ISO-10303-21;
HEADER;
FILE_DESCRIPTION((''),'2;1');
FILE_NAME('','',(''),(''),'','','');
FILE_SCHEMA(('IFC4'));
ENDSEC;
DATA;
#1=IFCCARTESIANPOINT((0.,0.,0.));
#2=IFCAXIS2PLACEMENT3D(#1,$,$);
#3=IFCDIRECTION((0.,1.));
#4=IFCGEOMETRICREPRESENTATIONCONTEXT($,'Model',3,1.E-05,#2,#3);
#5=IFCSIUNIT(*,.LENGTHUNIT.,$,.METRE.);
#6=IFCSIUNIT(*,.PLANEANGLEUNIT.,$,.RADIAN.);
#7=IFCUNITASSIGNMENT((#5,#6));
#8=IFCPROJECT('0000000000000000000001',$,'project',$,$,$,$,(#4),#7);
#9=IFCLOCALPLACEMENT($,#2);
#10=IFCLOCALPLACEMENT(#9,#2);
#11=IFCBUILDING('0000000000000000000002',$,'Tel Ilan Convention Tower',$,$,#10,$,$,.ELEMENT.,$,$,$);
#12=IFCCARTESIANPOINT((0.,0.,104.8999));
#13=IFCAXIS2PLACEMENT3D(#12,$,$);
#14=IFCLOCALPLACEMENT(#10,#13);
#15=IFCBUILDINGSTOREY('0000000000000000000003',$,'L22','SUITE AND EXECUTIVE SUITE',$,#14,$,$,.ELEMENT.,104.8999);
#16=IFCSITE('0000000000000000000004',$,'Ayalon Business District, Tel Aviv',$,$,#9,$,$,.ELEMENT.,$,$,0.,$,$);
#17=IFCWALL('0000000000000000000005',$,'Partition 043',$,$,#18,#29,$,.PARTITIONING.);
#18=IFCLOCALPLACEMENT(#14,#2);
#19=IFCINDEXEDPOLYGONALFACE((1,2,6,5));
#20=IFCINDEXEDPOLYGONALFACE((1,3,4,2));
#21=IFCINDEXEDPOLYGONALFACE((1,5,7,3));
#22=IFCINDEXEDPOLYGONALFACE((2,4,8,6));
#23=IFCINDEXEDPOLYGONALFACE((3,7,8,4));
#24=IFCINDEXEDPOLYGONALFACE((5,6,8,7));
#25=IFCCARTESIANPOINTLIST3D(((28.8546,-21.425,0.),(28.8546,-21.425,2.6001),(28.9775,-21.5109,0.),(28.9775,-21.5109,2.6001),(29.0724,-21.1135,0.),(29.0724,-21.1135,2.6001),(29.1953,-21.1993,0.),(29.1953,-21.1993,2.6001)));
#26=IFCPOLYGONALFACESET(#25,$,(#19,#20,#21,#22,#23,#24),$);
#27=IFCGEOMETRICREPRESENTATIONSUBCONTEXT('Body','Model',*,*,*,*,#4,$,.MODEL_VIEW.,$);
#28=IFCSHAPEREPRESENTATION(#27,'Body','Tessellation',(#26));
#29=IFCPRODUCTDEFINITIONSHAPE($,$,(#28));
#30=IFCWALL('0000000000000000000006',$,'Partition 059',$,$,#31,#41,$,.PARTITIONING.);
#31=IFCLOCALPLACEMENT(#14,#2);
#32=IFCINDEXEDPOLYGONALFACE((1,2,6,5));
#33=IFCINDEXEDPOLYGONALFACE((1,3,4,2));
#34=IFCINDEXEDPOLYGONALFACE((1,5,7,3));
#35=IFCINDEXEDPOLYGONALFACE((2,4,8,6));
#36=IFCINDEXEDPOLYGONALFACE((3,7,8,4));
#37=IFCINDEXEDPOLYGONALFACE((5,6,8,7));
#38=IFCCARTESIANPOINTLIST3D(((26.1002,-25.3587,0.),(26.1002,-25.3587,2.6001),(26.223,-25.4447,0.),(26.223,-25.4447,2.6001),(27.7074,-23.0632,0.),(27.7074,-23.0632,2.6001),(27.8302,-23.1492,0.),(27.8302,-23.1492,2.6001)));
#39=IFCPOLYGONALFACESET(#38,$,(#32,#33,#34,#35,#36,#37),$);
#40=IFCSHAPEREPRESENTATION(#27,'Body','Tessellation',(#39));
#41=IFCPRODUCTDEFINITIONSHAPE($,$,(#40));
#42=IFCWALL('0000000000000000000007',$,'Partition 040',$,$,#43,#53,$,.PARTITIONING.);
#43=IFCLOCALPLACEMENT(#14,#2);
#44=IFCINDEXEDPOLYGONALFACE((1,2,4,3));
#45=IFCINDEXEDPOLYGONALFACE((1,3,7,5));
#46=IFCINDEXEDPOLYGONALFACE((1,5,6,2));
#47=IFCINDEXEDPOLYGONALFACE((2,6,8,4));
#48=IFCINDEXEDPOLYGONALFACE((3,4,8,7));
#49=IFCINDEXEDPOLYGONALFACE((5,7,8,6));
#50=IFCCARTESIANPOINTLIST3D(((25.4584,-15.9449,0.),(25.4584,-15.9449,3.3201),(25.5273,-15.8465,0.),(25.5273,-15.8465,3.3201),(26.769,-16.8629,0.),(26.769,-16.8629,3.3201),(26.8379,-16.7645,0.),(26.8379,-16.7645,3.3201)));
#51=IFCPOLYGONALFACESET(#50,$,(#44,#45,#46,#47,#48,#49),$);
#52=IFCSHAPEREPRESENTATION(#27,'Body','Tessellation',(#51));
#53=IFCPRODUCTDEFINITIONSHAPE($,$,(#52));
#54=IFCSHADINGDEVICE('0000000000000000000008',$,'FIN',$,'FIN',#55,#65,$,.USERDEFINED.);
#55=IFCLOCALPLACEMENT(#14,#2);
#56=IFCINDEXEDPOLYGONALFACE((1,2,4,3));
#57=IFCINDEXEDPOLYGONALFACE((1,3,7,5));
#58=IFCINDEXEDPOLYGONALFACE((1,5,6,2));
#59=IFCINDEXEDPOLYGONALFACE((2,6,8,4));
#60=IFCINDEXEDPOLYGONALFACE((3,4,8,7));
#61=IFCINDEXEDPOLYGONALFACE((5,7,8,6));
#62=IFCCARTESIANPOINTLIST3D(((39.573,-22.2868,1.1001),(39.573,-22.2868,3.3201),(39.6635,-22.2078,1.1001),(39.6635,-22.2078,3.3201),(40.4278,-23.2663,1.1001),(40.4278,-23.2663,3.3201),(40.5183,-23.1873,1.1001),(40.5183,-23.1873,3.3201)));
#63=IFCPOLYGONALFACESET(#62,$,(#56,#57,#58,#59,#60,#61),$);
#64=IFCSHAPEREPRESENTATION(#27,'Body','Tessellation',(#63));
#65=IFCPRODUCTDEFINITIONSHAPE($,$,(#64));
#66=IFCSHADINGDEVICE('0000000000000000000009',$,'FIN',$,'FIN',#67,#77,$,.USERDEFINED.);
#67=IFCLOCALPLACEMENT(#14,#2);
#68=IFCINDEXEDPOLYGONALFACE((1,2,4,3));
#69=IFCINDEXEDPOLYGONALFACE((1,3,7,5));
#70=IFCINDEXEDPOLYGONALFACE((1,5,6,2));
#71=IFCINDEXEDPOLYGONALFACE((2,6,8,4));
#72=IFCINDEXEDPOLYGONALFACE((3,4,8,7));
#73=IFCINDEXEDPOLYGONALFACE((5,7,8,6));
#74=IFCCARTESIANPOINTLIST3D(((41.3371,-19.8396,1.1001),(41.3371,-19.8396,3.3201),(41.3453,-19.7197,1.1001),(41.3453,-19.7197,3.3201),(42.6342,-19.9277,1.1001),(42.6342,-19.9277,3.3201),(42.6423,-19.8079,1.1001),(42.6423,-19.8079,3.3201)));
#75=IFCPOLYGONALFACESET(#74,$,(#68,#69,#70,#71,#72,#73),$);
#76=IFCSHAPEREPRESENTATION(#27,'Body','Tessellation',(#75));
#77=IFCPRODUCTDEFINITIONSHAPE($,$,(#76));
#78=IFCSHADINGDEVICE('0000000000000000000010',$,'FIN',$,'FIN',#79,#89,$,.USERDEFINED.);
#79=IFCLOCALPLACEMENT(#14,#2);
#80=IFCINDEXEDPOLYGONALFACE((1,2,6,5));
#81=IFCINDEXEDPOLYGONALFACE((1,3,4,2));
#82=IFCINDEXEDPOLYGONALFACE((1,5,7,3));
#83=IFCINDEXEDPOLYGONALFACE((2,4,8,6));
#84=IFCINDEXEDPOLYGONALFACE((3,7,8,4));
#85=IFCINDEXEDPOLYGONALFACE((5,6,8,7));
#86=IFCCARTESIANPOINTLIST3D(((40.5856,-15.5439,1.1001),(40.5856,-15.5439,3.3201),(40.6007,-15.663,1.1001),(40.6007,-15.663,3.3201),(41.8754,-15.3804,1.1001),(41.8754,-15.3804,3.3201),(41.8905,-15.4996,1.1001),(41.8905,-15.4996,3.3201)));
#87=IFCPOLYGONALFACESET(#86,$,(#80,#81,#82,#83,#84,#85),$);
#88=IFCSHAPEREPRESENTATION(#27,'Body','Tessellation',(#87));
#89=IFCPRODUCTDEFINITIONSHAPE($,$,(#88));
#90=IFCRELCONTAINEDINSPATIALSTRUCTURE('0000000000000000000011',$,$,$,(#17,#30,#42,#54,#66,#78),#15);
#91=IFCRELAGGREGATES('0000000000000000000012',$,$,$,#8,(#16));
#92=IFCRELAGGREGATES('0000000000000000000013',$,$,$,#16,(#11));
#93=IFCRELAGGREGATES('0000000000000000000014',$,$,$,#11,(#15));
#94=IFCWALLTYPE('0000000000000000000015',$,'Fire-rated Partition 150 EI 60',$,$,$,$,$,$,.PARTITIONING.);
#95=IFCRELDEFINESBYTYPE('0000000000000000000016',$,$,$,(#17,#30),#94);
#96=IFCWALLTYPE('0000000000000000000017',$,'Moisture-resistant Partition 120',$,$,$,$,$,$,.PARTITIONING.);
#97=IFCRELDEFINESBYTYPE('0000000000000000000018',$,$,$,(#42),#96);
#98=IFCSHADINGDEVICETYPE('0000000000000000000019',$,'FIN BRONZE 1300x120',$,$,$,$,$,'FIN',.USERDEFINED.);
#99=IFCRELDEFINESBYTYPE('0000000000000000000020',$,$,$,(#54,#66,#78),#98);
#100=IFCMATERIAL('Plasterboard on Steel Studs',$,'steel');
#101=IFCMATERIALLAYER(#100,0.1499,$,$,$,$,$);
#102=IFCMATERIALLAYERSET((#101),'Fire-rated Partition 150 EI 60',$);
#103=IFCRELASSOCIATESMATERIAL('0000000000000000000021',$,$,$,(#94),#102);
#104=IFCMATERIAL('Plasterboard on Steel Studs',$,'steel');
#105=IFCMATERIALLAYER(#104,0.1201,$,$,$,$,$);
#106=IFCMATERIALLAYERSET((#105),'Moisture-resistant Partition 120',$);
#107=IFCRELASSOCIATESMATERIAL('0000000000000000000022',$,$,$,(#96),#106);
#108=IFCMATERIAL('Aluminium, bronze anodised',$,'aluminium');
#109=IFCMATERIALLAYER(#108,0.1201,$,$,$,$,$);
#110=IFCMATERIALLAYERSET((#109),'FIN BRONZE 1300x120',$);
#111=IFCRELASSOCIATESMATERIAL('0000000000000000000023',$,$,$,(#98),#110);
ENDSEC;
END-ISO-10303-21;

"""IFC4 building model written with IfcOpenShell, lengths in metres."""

from ifc_helpers import new_model, si_unit, direction, frame, frame_2d, origin, origin_2d, place, context, subcontext, project, spatial, rectangle, extrude, material, layer, layer_set, type_object, element, save


model = new_model("IFC4")

# Units and contexts
model_context = context("Model", 3, precision=1e-05, world=origin(), true_north=direction((0.0, 1.0)))
body_context = subcontext(model_context, "Body", "Model", "MODEL_VIEW")
ifc_project = project(units=[si_unit("LENGTHUNIT", "METRE"), si_unit("PLANEANGLEUNIT", "RADIAN")], contexts=[model_context])

# Site, building, storey
site_placement = place(None, origin())
site = spatial("IfcSite", under=ifc_project, at=site_placement, Name="Ayalon Business District, Tel Aviv", CompositionType="ELEMENT", RefElevation=0.0)
building_placement = place(site_placement, origin())
building = spatial("IfcBuilding", under=site, at=building_placement, Name="Tel Ilan Convention Tower", CompositionType="ELEMENT")
storey_placement = place(building_placement, frame((0.0, 0.0, 104.8999)))
storey = spatial("IfcBuildingStorey", under=building, at=storey_placement, Name="L22", Description="SUITE AND EXECUTIVE SUITE", CompositionType="ELEMENT", Elevation=104.8999)

# Shared definitions
ifc_material_1 = material(Name="Plasterboard on Steel Studs", Category="steel")
ifc_layer_1 = layer(ifc_material_1, 0.1499)
ifc_layer_set_1 = layer_set([ifc_layer_1], Name="Fire-rated Partition 150 EI 60")
wall_type_1 = type_object("IfcWallType", Name="Fire-rated Partition 150 EI 60", PredefinedType="PARTITIONING", material=ifc_layer_set_1)

# Walls
wall_1_placement = place(storey_placement, frame((29.1338, -21.1565, 0.0), z_axis=(0.0, 0.0, 1.0), x_axis=(-0.572945, -0.819594, 0.0)))
element("IfcWall", 1, at=wall_1_placement, inside=storey, type_object=wall_type_1, Name="Partition 043", PredefinedType="PARTITIONING", context=body_context, shape_type="SweptSolid", body=[
    extrude(rectangle(XDim=0.3801, YDim=0.1499, at=frame_2d((0.1899, 0.0))), origin(), (0.0, 0.0, 1.0), 2.6001),
])
wall_2_placement = place(storey_placement, frame((27.7688, -23.1062, 0.0), z_axis=(0.0, 0.0, 1.0), x_axis=(-0.573556, -0.819166, 0.0)))
element("IfcWall", 2, at=wall_2_placement, inside=storey, type_object=wall_type_1, Name="Partition 059", PredefinedType="PARTITIONING", context=body_context, shape_type="SweptSolid", body=[
    extrude(rectangle(XDim=2.8022, YDim=0.1499, at=frame_2d((1.4011, 0.0))), origin(), (0.0, 0.0, 1.0), 2.6001),
])
ifc_material_2 = material(Name="Plasterboard on Steel Studs", Category="steel")
ifc_layer_2 = layer(ifc_material_2, 0.1201)
ifc_layer_set_2 = layer_set([ifc_layer_2], Name="Moisture-resistant Partition 120")
wall_type_2 = type_object("IfcWallType", Name="Moisture-resistant Partition 120", PredefinedType="PARTITIONING", material=ifc_layer_set_2)
wall_3_placement = place(storey_placement, frame((26.8035, -16.8137, 0.0), z_axis=(0.0, 0.0, 1.0), x_axis=(-0.81906, 0.573708, 0.0)))
element("IfcWall", 3, at=wall_3_placement, inside=storey, type_object=wall_type_2, Name="Partition 040", PredefinedType="PARTITIONING", context=body_context, shape_type="SweptSolid", body=[
    extrude(rectangle(XDim=1.6001, YDim=0.1201, at=frame_2d((0.8, 0.0))), origin(), (0.0, 0.0, 1.0), 3.3201),
])

# Shading devices
ifc_material_3 = material(Name="Aluminium, bronze anodised", Category="aluminium")
ifc_layer_3 = layer(ifc_material_3, 0.1201)
ifc_layer_set_3 = layer_set([ifc_layer_3], Name="FIN BRONZE 1300x120")
shading_device_type = type_object("IfcShadingDeviceType", Name="FIN BRONZE 1300x120", ElementType="FIN", PredefinedType="USERDEFINED", material=ifc_layer_set_3)
for number, where, z_axis, x_axis, name in (
    (4, (40.0457, -22.7371, 1.1001), (0.0, 0.0, 1.0), (0.657521, -0.753436, 0.0), "FIN"),
    (5, (41.9897, -19.8237, 1.1001), (0.0, 0.0, 1.0), (0.997697, -0.067822, 0.0), "FIN"),
    (6, (41.238, -15.5217, 1.1001), (0.0, 0.0, 1.0), (0.992066, 0.125718, 0.0), "FIN"),
):
    element("IfcShadingDevice", number, at=place(storey_placement, frame(where, z_axis=z_axis, x_axis=x_axis)), inside=storey, type_object=shading_device_type, Name=name, ObjectType="FIN", PredefinedType="USERDEFINED", context=body_context, shape_type="SweptSolid", body=[
        extrude(rectangle(XDim=1.3, YDim=0.1201, at=origin_2d()), origin(), (0.0, 0.0, 1.0), 2.22),
    ])

save(model, "model.ifc")
